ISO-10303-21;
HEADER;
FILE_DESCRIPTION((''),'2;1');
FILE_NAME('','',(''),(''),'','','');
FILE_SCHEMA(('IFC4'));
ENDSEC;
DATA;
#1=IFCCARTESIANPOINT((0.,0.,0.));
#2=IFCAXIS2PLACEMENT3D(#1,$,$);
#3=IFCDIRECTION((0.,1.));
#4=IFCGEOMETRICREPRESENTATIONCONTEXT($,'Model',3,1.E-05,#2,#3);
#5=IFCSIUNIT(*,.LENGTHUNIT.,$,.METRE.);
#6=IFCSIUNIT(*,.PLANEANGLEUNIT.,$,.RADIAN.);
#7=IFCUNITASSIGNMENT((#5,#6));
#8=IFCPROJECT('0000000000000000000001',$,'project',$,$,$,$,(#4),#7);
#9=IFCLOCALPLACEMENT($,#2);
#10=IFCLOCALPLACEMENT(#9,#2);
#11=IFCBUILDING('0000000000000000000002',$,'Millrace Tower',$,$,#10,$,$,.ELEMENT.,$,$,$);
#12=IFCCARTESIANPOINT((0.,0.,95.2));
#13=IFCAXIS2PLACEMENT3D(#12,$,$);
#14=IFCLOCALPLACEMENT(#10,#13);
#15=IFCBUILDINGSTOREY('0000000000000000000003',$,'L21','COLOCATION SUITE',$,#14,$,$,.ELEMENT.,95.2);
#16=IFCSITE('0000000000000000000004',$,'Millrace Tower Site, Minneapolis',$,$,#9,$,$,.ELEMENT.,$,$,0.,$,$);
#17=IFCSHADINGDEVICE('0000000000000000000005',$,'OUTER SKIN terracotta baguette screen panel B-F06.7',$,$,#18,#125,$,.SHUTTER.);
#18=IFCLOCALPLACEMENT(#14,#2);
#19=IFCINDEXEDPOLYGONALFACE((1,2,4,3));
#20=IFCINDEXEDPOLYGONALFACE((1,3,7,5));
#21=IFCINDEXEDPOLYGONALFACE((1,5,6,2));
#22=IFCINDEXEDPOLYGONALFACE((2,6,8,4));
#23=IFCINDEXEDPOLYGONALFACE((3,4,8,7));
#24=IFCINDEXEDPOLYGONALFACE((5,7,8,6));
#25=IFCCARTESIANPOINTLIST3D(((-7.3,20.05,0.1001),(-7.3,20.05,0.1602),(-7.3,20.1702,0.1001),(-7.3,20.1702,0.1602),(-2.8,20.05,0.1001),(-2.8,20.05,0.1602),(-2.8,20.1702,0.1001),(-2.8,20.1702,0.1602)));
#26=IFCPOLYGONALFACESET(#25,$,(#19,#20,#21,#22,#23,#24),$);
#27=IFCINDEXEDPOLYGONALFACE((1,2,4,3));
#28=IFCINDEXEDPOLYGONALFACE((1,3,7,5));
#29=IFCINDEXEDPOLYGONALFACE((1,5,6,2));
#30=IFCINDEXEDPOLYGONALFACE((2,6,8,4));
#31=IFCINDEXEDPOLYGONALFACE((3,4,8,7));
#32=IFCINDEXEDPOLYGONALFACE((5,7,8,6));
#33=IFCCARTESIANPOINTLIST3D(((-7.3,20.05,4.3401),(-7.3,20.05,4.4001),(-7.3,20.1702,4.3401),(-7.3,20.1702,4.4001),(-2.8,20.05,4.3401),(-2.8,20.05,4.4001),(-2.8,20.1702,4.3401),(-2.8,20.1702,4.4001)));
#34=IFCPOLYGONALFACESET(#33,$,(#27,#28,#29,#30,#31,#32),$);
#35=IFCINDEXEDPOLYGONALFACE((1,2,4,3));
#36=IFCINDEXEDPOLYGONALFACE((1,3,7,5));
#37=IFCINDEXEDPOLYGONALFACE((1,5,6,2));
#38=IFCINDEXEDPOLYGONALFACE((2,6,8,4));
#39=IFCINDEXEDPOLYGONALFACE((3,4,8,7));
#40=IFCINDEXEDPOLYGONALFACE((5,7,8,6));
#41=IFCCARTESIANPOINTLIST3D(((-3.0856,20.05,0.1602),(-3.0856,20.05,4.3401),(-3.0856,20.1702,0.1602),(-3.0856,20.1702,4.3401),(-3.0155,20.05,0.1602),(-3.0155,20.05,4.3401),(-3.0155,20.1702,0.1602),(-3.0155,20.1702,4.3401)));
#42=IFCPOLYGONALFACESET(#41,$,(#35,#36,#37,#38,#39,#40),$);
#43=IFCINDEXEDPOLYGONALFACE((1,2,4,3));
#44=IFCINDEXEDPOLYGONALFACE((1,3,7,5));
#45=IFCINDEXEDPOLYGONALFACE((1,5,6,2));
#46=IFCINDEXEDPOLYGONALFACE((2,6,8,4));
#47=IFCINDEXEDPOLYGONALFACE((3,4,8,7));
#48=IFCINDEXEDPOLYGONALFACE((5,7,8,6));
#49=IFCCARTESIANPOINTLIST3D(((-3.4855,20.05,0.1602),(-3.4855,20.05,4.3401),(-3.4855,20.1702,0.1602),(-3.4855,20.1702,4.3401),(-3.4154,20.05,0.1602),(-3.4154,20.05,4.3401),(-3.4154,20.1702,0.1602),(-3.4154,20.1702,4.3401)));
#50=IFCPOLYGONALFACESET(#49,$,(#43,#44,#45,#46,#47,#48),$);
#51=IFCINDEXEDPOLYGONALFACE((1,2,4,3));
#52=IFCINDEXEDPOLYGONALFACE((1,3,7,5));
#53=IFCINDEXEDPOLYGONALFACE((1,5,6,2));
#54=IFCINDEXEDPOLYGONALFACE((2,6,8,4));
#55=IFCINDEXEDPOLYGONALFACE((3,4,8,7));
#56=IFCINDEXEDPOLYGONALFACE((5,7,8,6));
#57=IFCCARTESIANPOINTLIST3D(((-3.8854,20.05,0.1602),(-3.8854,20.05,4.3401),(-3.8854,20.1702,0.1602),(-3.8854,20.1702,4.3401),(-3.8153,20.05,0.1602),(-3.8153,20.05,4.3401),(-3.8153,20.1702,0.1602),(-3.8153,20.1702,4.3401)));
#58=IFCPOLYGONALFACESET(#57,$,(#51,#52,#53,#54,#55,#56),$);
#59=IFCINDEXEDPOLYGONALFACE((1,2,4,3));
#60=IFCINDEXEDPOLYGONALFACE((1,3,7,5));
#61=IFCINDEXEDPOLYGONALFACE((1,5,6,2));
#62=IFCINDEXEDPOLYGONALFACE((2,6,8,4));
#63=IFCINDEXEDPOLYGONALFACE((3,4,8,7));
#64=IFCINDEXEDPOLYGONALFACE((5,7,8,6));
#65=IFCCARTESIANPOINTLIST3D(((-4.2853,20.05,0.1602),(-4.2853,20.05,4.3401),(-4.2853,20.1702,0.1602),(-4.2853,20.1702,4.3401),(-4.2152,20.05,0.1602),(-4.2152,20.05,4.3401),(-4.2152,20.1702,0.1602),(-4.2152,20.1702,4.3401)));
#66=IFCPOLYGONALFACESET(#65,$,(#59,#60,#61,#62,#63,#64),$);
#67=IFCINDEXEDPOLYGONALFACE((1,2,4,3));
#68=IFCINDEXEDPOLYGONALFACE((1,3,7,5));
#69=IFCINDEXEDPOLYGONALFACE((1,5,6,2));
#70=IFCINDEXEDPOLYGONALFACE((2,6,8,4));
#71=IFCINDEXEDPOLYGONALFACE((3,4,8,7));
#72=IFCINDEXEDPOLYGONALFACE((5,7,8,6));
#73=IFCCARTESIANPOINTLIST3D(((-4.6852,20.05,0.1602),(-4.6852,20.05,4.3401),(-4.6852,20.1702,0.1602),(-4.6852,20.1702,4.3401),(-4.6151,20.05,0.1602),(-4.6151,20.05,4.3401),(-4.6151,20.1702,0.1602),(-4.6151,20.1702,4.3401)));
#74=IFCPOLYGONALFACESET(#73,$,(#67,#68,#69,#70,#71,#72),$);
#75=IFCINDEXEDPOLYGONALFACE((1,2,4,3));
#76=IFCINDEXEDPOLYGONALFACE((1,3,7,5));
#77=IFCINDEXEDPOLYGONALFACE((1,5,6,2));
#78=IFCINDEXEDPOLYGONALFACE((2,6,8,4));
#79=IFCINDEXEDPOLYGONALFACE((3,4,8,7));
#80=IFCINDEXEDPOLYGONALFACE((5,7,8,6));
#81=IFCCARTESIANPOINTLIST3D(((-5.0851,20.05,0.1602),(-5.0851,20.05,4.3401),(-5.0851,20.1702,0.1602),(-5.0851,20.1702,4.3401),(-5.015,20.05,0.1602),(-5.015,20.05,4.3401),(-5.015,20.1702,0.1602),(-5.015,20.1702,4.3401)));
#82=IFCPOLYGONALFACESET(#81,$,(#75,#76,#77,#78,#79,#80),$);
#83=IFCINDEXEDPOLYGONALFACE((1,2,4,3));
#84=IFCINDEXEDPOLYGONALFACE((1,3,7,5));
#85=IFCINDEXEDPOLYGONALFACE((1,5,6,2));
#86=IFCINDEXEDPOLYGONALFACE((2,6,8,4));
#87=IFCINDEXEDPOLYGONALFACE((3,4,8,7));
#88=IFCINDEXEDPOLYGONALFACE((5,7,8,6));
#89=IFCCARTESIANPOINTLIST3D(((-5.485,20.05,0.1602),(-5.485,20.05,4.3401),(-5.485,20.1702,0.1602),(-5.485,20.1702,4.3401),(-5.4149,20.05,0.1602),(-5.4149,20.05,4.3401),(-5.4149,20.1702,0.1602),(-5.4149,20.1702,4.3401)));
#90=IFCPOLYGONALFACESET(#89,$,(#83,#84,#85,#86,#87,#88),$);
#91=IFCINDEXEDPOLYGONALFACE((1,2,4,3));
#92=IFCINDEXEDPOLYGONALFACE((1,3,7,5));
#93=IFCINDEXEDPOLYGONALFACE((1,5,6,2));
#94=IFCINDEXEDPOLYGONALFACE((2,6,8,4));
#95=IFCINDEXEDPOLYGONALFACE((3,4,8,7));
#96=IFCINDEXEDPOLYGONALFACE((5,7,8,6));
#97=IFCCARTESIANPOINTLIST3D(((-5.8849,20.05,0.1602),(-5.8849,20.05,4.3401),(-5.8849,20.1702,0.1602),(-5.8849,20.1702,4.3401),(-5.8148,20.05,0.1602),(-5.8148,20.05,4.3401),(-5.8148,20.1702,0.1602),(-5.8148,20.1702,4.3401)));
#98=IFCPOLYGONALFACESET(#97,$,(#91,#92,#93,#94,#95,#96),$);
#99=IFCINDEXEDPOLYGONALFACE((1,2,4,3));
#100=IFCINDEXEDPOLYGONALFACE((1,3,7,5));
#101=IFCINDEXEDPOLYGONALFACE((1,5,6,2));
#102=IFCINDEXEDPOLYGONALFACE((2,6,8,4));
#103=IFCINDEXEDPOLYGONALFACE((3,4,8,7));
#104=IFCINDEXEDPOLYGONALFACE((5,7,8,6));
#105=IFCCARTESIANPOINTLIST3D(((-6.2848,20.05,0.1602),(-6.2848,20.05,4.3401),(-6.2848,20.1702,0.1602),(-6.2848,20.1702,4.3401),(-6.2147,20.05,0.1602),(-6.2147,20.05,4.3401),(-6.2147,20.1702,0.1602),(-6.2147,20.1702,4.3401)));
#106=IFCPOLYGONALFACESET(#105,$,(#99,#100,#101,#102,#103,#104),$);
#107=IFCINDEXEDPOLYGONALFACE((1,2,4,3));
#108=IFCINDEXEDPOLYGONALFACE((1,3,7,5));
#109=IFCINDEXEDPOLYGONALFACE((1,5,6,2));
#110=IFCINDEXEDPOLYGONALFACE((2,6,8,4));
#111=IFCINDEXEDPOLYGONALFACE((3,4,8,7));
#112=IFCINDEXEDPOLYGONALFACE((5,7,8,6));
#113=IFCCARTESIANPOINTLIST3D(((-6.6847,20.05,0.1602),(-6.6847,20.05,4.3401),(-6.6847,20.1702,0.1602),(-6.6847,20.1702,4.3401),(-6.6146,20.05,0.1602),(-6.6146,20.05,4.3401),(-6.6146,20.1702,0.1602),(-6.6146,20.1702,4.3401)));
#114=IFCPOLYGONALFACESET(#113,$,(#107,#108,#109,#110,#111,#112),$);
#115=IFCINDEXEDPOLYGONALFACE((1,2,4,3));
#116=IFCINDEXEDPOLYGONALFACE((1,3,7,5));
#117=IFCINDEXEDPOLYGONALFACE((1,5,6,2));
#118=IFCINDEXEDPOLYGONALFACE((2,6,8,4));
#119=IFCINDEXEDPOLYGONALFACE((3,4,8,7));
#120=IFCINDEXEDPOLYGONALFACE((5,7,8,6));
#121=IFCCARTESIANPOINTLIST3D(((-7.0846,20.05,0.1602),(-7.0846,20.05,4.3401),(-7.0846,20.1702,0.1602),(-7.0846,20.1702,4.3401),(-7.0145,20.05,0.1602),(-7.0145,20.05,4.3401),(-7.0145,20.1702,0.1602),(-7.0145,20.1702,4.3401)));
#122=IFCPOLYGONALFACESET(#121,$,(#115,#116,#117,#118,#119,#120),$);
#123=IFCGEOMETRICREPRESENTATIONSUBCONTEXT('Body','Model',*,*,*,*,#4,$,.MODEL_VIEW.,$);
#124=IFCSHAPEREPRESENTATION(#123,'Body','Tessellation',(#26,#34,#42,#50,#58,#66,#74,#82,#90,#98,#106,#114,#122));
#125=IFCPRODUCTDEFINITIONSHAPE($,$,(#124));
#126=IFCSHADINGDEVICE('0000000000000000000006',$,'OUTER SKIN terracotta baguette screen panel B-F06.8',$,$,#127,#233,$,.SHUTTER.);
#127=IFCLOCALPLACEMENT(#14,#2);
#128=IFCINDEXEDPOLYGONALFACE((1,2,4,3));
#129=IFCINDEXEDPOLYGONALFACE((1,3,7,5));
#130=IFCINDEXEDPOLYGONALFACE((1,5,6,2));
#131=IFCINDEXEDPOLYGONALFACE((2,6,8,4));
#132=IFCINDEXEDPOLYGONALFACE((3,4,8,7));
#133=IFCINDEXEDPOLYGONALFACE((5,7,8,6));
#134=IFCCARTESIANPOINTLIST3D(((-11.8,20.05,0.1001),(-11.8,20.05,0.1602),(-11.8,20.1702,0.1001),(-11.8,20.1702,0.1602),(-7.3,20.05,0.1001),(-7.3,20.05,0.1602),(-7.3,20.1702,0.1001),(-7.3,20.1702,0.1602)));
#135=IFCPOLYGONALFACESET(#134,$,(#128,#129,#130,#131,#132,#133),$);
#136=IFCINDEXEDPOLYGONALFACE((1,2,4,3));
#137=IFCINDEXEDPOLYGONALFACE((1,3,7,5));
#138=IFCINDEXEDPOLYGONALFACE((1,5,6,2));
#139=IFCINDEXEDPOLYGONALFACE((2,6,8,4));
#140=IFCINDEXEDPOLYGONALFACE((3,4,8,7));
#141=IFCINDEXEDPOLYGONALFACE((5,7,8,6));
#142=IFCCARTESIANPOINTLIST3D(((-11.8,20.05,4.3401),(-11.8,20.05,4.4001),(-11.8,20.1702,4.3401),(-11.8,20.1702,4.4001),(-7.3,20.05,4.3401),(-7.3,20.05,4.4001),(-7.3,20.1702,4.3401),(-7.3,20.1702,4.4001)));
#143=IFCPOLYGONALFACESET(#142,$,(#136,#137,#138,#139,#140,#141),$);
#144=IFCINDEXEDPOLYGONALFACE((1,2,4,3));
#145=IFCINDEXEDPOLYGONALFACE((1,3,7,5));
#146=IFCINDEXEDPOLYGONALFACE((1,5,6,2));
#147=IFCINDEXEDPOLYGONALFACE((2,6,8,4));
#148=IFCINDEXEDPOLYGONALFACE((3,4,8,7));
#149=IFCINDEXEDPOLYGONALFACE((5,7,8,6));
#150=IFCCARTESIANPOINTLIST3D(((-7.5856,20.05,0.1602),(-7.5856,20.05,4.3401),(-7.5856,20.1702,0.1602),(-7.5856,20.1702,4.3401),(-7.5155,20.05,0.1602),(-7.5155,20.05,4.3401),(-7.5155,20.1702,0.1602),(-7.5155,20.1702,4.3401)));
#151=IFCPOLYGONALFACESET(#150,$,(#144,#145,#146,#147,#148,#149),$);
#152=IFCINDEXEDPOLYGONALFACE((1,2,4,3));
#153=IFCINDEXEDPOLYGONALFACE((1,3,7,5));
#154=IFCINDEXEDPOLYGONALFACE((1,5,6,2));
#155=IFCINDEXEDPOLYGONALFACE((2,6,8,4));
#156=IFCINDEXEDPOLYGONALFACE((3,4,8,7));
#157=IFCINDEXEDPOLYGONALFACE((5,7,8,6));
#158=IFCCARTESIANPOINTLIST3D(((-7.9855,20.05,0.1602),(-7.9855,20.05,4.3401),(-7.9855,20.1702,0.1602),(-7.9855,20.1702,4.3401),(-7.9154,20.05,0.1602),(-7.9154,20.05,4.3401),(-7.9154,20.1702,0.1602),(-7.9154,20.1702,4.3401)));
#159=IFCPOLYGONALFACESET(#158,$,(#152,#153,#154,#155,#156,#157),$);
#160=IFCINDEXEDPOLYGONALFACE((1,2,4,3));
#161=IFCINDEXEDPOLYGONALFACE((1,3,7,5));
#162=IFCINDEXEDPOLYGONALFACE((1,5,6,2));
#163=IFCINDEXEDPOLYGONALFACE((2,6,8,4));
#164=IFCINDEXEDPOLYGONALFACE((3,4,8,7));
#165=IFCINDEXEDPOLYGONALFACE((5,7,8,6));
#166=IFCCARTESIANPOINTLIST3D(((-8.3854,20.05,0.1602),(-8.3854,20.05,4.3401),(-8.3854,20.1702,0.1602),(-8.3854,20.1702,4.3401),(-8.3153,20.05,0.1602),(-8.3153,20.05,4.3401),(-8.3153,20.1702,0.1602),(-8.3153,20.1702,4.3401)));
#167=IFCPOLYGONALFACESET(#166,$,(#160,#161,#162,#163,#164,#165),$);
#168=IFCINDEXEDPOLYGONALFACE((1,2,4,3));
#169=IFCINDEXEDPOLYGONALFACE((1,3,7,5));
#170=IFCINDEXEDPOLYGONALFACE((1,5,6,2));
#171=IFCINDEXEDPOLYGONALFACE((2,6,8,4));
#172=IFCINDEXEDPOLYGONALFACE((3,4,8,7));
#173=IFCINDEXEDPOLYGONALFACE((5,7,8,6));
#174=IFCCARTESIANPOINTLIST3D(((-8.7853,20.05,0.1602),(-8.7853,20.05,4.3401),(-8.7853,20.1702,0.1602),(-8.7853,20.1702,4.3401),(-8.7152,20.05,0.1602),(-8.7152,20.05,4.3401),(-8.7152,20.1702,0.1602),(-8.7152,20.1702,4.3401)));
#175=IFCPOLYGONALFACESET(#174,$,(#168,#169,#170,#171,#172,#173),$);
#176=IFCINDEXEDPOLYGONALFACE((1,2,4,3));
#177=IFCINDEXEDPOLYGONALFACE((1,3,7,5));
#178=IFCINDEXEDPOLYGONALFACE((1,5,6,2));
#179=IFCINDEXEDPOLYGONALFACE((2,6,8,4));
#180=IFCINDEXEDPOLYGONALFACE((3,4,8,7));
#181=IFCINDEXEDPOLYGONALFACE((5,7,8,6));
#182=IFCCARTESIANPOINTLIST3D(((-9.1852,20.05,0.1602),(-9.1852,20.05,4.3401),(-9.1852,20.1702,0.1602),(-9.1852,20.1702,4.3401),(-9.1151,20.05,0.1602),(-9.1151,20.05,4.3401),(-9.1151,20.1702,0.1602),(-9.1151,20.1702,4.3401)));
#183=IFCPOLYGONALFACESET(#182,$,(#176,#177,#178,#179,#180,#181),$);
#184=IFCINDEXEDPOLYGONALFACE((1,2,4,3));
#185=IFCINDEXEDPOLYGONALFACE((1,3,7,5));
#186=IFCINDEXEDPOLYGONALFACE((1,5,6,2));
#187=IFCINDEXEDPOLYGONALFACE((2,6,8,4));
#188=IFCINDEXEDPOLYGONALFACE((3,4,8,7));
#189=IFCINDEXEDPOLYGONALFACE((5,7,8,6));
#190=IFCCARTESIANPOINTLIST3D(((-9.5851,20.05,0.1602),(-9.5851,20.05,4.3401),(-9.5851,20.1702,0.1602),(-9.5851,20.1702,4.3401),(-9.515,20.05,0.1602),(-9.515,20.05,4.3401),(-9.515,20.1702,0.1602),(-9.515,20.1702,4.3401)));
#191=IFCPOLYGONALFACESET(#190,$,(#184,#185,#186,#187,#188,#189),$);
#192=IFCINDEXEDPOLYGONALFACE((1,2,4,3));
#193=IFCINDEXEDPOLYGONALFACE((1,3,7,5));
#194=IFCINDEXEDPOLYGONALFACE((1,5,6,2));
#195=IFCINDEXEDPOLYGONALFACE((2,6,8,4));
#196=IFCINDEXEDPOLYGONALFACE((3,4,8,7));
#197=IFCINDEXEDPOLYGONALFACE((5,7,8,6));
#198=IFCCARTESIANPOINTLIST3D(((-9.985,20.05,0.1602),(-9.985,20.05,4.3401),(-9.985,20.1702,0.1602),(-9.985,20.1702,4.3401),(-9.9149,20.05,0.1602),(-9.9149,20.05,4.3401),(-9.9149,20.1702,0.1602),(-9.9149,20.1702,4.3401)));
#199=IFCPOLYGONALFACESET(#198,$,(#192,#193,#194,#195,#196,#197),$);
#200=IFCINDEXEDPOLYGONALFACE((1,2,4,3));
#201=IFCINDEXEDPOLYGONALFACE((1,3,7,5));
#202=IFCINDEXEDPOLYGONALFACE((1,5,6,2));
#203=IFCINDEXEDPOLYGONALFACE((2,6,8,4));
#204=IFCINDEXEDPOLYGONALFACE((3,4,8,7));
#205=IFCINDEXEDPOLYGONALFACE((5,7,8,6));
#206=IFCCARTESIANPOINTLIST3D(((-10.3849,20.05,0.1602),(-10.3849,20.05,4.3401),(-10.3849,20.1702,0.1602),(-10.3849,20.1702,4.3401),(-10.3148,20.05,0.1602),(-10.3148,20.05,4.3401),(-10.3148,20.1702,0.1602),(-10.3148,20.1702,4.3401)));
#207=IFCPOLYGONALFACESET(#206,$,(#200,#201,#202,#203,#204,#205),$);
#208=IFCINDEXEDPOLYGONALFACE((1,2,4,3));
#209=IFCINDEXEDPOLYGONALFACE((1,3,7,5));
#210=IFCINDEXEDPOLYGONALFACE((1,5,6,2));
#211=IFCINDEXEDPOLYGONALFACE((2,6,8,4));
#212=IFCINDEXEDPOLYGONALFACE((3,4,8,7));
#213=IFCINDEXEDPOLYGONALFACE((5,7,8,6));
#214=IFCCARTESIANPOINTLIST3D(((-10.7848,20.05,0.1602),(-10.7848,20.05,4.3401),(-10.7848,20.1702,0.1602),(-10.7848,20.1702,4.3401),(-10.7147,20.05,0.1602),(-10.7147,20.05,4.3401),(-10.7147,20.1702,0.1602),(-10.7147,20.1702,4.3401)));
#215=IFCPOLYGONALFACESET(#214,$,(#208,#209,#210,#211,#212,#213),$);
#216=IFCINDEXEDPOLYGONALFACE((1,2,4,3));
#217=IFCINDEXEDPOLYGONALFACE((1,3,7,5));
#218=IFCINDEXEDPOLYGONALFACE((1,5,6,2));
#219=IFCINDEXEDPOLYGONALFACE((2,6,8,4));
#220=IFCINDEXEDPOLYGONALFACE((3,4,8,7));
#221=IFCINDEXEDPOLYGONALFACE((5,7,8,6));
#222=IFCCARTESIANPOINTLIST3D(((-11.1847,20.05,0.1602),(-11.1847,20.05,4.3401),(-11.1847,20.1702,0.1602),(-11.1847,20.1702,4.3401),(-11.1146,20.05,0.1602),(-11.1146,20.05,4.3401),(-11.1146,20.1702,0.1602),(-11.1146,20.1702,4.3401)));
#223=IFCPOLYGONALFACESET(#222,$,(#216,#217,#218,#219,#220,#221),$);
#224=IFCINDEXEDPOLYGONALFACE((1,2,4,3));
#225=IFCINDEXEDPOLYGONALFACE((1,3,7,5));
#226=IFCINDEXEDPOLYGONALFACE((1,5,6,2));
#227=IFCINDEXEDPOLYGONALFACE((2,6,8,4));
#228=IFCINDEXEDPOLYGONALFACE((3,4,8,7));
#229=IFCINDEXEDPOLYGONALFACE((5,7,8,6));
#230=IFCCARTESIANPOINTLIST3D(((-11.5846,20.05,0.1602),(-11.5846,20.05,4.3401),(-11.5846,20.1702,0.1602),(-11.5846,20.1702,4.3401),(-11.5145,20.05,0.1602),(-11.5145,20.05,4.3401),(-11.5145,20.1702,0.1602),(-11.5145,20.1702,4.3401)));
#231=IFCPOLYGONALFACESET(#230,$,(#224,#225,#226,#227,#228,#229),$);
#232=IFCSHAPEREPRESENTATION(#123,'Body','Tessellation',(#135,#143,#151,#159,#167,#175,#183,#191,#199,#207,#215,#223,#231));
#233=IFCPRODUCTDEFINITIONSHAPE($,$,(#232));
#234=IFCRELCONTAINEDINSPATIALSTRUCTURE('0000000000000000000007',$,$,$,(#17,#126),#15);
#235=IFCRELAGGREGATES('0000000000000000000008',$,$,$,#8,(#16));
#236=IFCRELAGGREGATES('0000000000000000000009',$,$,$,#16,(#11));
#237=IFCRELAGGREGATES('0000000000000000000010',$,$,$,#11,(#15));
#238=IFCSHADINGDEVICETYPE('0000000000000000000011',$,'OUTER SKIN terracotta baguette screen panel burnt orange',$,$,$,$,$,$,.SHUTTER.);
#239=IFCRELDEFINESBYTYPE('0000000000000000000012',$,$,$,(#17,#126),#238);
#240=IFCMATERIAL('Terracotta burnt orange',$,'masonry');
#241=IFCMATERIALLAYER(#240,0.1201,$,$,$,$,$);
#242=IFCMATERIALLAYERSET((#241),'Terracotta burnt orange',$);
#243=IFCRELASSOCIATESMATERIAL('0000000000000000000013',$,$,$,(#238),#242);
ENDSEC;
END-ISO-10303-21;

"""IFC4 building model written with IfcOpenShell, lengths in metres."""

from ifc_helpers import new_model, entity, si_unit, direction, frame, frame_2d, origin, origin_2d, place, context, subcontext, project, spatial, rectangle, extrude, source, transform, mapped, material, layer, layer_set, type_object, element, save


model = new_model("IFC4")

# Units and contexts
model_context = context("Model", 3, precision=1e-05, world=origin(), true_north=direction((0.0, 1.0)))
body_context = subcontext(model_context, "Body", "Model", "MODEL_VIEW")
ifc_project = project(units=[si_unit("LENGTHUNIT", "METRE"), si_unit("PLANEANGLEUNIT", "RADIAN")], contexts=[model_context])

# Site, building, storey
site_placement = place(None, origin())
site = spatial("IfcSite", under=ifc_project, at=site_placement, Name="Millrace Tower Site, Minneapolis", CompositionType="ELEMENT", RefElevation=0.0)
building_placement = place(site_placement, origin())
building = spatial("IfcBuilding", under=site, at=building_placement, Name="Millrace Tower", CompositionType="ELEMENT")
storey_placement = place(building_placement, frame((0.0, 0.0, 95.2)))
storey = spatial("IfcBuildingStorey", under=building, at=storey_placement, Name="L21", Description="COLOCATION SUITE", CompositionType="ELEMENT", Elevation=95.2)

# Shading devices
ifc_material_1 = material(Name="Terracotta burnt orange", Category="masonry")
ifc_layer_1 = layer(ifc_material_1, 0.1201)
ifc_layer_set_1 = layer_set([ifc_layer_1], Name="Terracotta burnt orange")
shading_device_type = type_object("IfcShadingDeviceType", Name="OUTER SKIN terracotta baguette screen panel burnt orange", PredefinedType="SHUTTER", material=ifc_layer_set_1)
cartesian_point = entity("IfcCartesianPoint", [-2.25, 0.0601])
shared_polyline = entity("IfcPolyline", [cartesian_point, entity("IfcCartesianPoint", [2.25, 0.0601]), entity("IfcCartesianPoint", [2.25, -0.0601]), entity("IfcCartesianPoint", [-2.25, -0.0601]), cartesian_point])
shared_shape = source(origin(), body_context, "Body", "SweptSolid", [
    entity("IfcExtrudedAreaSolid", entity("IfcArbitraryClosedProfileDef", "AREA", None, shared_polyline), entity("IfcAxis2Placement3D", entity("IfcCartesianPoint", [0.0, 0.0, 0.0])), entity("IfcDirection", [0.0, 0.0, 1.0]), 0.0601),
    entity("IfcExtrudedAreaSolid", entity("IfcArbitraryClosedProfileDef", "AREA", None, shared_polyline), entity("IfcAxis2Placement3D", entity("IfcCartesianPoint", [0.0, 0.0, 4.24])), entity("IfcDirection", [0.0, 0.0, 1.0]), 0.0601),
    extrude(rectangle(XDim=0.0701, YDim=0.1201, at=frame_2d((-1.9995, 0.0))), frame((0.0, 0.0, 0.0601)), (0.0, 0.0, 1.0), 4.1799),
    extrude(rectangle(XDim=0.0701, YDim=0.1201, at=frame_2d((-1.5996, 0.0))), frame((0.0, 0.0, 0.0601)), (0.0, 0.0, 1.0), 4.1799),
    extrude(rectangle(XDim=0.0701, YDim=0.1201, at=frame_2d((-1.1997, 0.0))), frame((0.0, 0.0, 0.0601)), (0.0, 0.0, 1.0), 4.1799),
    extrude(rectangle(XDim=0.0701, YDim=0.1201, at=frame_2d((-0.7998, 0.0))), frame((0.0, 0.0, 0.0601)), (0.0, 0.0, 1.0), 4.1799),
    extrude(rectangle(XDim=0.0701, YDim=0.1201, at=frame_2d((-0.3999, 0.0))), frame((0.0, 0.0, 0.0601)), (0.0, 0.0, 1.0), 4.1799),
    extrude(rectangle(XDim=0.0701, YDim=0.1201, at=origin_2d()), frame((0.0, 0.0, 0.0601)), (0.0, 0.0, 1.0), 4.1799),
    extrude(rectangle(XDim=0.0701, YDim=0.1201, at=frame_2d((0.3999, 0.0))), frame((0.0, 0.0, 0.0601)), (0.0, 0.0, 1.0), 4.1799),
    extrude(rectangle(XDim=0.0701, YDim=0.1201, at=frame_2d((0.7998, 0.0))), frame((0.0, 0.0, 0.0601)), (0.0, 0.0, 1.0), 4.1799),
    extrude(rectangle(XDim=0.0701, YDim=0.1201, at=frame_2d((1.1997, 0.0))), frame((0.0, 0.0, 0.0601)), (0.0, 0.0, 1.0), 4.1799),
    extrude(rectangle(XDim=0.0701, YDim=0.1201, at=frame_2d((1.5996, 0.0))), frame((0.0, 0.0, 0.0601)), (0.0, 0.0, 1.0), 4.1799),
    extrude(rectangle(XDim=0.0701, YDim=0.1201, at=frame_2d((1.9995, 0.0))), frame((0.0, 0.0, 0.0601)), (0.0, 0.0, 1.0), 4.1799),
])
for number, where, z_axis, x_axis, name in (
    (1, (-5.05, 20.1101, 0.1001), (0.0, 0.0, 1.0), (-1.0, 0.0, 0.0), "OUTER SKIN terracotta baguette screen panel B-F06.7"),
    (2, (-9.55, 20.1101, 0.1001), (0.0, 0.0, 1.0), (-1.0, 0.0, 0.0), "OUTER SKIN terracotta baguette screen panel B-F06.8"),
):
    element("IfcShadingDevice", number, at=place(storey_placement, frame(where, z_axis=z_axis, x_axis=x_axis)), inside=storey, type_object=shading_device_type, Name=name, PredefinedType="SHUTTER", context=body_context, shape_type="MappedRepresentation", body=[
        mapped(shared_shape, transform((0.0, 0.0, 0.0), scale=1.0)),
    ])

save(model, "model.ifc")
